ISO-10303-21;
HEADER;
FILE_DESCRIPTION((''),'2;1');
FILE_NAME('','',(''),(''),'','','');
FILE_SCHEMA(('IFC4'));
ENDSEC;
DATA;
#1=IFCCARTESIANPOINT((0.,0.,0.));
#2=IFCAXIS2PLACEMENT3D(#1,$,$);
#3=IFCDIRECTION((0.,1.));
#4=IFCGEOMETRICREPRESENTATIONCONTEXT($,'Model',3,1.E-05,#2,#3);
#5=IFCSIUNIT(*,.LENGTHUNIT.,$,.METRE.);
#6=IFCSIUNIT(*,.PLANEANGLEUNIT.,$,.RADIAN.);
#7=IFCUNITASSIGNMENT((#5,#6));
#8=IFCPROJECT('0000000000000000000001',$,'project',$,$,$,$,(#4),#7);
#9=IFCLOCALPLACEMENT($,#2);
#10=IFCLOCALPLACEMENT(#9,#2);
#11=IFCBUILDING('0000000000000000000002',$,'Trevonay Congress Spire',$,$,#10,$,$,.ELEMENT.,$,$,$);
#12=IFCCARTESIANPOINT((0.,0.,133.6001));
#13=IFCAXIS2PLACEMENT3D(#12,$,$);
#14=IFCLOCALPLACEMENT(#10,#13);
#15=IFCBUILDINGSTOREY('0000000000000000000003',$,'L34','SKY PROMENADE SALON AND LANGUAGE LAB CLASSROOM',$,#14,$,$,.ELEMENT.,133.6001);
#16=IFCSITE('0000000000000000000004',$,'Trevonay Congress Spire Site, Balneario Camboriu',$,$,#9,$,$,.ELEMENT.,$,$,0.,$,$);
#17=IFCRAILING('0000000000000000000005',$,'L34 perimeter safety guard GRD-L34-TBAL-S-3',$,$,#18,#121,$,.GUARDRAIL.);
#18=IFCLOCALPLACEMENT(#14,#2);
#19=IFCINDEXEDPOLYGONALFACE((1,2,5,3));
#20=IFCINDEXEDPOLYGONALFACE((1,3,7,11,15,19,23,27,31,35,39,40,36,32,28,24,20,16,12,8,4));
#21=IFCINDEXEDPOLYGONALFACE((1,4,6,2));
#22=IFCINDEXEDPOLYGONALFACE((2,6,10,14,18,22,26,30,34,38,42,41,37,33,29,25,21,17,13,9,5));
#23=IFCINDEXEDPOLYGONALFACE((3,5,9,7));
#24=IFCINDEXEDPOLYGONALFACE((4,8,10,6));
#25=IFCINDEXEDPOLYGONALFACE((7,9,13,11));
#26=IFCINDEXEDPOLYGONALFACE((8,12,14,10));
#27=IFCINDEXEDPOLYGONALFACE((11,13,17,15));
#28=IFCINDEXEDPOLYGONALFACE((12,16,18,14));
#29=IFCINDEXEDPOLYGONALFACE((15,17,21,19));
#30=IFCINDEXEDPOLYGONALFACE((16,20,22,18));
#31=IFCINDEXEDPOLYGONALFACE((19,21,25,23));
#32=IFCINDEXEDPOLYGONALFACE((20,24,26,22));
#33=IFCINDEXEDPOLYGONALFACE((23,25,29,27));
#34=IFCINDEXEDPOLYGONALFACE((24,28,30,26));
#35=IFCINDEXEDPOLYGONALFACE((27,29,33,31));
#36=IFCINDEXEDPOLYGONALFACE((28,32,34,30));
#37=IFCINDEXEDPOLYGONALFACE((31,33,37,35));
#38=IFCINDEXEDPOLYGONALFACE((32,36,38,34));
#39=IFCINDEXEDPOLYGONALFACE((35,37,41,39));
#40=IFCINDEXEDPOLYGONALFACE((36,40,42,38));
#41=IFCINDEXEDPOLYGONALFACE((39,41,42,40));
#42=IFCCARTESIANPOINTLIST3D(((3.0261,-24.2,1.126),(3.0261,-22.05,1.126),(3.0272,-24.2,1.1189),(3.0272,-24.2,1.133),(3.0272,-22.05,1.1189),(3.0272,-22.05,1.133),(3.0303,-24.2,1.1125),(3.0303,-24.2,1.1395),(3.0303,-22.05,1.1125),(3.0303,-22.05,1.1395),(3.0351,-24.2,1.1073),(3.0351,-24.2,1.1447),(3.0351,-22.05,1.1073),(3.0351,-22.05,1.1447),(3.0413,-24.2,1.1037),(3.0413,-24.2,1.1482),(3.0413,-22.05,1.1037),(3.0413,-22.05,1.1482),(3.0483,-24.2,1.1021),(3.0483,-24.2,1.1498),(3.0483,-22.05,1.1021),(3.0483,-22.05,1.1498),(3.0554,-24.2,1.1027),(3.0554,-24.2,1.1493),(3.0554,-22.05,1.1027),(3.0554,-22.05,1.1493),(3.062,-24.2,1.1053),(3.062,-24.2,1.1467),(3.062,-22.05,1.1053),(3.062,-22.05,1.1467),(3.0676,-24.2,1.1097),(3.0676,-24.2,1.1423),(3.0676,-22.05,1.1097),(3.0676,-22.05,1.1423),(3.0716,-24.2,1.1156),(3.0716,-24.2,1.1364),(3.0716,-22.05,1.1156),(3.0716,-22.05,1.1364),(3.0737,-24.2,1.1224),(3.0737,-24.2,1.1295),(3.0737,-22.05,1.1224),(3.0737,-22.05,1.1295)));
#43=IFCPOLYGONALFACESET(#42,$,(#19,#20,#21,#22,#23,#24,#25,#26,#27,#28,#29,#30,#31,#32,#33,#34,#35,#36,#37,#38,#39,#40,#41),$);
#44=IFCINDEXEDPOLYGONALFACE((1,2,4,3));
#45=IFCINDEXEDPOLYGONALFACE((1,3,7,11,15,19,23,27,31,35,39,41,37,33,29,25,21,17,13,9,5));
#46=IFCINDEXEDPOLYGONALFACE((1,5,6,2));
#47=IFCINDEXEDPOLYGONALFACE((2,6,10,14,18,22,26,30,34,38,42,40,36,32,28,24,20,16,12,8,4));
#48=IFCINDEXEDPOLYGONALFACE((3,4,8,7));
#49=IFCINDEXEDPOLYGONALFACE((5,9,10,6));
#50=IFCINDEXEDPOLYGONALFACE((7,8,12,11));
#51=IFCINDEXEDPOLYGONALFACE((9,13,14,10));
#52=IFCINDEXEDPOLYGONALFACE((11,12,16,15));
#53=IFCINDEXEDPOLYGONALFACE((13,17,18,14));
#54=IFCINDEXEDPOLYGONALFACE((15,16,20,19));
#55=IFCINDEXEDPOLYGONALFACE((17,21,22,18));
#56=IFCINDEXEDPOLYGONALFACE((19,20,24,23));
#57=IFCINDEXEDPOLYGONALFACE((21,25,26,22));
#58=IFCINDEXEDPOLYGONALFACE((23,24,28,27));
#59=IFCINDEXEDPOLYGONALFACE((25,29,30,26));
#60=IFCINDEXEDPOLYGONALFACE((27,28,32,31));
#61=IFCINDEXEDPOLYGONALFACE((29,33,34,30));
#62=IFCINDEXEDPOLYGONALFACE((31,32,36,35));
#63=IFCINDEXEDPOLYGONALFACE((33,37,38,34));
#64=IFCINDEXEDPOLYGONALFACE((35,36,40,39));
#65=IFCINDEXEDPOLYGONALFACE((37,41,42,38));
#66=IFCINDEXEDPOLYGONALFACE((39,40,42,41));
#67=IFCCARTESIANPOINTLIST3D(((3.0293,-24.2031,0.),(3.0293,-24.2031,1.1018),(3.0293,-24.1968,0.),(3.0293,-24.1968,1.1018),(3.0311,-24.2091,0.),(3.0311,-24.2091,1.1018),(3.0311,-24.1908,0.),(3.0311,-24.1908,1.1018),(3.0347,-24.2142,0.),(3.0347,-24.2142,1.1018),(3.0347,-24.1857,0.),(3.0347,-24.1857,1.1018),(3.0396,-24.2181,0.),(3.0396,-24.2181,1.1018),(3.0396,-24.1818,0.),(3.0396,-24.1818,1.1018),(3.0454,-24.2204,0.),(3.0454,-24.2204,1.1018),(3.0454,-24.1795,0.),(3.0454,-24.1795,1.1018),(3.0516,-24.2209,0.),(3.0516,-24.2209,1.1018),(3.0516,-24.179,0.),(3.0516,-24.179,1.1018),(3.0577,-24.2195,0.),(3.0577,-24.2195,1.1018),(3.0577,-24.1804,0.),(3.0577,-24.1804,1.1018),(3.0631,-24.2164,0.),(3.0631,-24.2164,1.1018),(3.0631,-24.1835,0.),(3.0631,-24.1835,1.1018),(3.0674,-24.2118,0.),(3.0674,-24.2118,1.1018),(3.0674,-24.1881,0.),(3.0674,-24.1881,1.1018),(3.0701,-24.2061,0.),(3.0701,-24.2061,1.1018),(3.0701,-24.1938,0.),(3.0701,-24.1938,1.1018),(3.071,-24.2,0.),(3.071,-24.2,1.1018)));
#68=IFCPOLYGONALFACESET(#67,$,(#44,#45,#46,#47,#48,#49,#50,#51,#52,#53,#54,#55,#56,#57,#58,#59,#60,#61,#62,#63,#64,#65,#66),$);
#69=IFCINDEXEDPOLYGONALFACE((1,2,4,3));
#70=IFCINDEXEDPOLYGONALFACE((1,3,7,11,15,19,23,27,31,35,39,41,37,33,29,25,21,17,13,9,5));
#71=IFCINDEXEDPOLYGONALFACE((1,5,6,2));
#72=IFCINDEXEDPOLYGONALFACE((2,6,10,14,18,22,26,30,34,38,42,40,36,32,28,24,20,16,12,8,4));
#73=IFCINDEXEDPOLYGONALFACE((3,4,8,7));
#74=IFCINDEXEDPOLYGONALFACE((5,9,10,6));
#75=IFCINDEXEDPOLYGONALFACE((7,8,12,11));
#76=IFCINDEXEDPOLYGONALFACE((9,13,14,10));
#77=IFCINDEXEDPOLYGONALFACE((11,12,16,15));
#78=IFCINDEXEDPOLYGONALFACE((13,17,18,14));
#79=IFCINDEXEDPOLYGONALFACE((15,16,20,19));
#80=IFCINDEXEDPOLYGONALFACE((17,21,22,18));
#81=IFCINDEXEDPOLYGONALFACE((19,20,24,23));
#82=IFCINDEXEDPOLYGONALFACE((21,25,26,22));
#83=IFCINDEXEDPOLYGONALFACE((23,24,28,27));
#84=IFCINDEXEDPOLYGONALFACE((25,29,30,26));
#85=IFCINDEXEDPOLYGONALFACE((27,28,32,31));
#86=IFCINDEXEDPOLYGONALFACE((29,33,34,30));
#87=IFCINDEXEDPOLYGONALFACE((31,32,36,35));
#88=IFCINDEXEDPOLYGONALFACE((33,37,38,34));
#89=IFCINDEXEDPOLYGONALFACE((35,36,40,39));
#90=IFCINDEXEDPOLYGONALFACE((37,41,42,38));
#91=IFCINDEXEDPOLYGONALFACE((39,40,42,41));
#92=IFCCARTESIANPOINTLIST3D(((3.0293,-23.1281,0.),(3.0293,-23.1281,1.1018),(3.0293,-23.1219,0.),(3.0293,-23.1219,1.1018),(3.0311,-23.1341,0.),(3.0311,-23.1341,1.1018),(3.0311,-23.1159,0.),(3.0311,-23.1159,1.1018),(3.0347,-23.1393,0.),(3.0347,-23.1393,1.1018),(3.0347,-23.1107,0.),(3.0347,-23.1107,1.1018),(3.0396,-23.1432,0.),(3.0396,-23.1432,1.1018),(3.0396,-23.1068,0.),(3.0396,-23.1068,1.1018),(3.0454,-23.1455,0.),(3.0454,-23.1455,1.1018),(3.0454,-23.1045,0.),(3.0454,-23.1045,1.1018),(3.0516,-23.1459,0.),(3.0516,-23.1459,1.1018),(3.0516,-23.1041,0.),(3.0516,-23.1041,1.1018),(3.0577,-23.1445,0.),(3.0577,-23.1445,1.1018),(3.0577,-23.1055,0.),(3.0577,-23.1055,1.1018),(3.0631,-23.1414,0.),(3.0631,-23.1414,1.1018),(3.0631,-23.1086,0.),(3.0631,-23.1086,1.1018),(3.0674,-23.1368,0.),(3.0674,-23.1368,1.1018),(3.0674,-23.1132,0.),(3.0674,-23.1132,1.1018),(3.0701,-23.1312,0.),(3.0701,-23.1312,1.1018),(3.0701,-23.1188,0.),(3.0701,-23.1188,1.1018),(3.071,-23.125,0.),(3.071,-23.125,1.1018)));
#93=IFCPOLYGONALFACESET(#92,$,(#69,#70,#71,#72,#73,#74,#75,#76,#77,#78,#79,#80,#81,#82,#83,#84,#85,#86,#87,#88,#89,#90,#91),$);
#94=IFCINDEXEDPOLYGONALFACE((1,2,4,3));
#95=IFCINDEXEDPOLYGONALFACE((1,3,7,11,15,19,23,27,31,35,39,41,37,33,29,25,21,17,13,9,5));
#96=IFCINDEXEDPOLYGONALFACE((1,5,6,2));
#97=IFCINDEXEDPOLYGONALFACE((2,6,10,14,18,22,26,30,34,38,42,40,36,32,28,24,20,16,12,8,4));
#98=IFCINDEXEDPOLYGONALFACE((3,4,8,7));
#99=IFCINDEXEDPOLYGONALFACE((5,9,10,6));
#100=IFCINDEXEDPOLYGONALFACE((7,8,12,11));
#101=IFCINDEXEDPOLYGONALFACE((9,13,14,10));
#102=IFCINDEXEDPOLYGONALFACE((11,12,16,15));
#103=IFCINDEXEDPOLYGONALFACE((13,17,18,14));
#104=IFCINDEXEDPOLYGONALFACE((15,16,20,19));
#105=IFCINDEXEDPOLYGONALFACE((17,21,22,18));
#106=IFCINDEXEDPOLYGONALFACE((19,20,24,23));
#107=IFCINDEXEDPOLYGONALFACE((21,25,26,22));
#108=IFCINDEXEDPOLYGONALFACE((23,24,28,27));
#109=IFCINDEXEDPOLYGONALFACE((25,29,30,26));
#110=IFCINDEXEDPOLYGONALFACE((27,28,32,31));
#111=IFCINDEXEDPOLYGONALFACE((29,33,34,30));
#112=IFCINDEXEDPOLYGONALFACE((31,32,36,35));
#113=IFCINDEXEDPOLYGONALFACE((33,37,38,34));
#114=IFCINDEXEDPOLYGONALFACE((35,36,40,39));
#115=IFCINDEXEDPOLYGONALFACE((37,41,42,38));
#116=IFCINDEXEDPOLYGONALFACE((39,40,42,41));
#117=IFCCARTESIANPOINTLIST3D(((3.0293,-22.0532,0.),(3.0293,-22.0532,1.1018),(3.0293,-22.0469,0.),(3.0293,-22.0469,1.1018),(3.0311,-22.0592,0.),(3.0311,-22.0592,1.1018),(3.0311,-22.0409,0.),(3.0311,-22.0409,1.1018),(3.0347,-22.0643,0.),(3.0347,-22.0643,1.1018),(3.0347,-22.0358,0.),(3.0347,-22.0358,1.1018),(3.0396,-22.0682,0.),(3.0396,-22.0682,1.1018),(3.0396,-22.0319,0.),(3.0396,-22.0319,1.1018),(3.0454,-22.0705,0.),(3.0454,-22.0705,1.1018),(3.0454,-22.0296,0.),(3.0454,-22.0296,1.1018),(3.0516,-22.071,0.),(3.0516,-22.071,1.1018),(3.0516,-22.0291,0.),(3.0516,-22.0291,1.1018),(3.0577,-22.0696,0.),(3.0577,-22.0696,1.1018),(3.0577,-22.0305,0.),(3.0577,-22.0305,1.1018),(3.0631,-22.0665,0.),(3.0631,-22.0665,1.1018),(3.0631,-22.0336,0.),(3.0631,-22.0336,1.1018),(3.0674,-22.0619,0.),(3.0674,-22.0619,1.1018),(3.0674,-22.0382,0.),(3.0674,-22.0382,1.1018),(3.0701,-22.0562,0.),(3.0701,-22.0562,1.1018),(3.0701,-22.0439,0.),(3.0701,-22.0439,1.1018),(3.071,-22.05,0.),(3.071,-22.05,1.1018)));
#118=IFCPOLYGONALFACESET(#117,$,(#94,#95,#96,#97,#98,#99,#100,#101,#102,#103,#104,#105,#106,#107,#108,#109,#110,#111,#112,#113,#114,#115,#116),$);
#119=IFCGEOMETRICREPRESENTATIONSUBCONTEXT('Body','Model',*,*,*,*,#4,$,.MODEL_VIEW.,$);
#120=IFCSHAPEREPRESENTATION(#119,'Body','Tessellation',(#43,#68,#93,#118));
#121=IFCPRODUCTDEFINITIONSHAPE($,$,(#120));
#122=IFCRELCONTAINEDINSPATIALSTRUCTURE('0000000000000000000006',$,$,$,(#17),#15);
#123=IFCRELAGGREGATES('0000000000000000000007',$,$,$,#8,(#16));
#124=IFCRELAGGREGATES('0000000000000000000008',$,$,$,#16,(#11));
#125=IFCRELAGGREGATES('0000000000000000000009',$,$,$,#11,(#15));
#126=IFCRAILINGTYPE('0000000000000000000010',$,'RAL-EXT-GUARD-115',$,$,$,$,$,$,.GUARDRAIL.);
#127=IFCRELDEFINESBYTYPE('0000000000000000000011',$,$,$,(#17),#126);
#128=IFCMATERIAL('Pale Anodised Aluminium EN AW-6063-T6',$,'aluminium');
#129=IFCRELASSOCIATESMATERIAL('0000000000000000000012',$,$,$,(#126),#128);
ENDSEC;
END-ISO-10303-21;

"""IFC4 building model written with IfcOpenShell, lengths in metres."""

from ifc_helpers import new_model, si_unit, direction, frame, origin, origin_2d, place, context, subcontext, project, spatial, circle, extrude, material, type_object, element, save


model = new_model("IFC4")

# Units and contexts
model_context = context("Model", 3, precision=1e-05, world=origin(), true_north=direction((0.0, 1.0)))
body_context = subcontext(model_context, "Body", "Model", "MODEL_VIEW")
ifc_project = project(units=[si_unit("LENGTHUNIT", "METRE"), si_unit("PLANEANGLEUNIT", "RADIAN")], contexts=[model_context])

# Site, building, storey
site_placement = place(None, origin())
site = spatial("IfcSite", under=ifc_project, at=site_placement, Name="Trevonay Congress Spire Site, Balneario Camboriu", CompositionType="ELEMENT", RefElevation=0.0)
building_placement = place(site_placement, origin())
building = spatial("IfcBuilding", under=site, at=building_placement, Name="Trevonay Congress Spire", CompositionType="ELEMENT")
storey_placement = place(building_placement, frame((0.0, 0.0, 133.6001)))
storey = spatial("IfcBuildingStorey", under=building, at=storey_placement, Name="L34", Description="SKY PROMENADE SALON AND LANGUAGE LAB CLASSROOM", CompositionType="ELEMENT", Elevation=133.6001)

# Shared definitions
ifc_material_1 = material(Name="Pale Anodised Aluminium EN AW-6063-T6", Category="aluminium")

# Railing
railing_type = type_object("IfcRailingType", Name="RAL-EXT-GUARD-115", PredefinedType="GUARDRAIL", material=ifc_material_1)
railing_placement = place(storey_placement, frame((3.05, -24.2, 0.0)))
element("IfcRailing", 1, at=railing_placement, inside=storey, type_object=railing_type, Name="L34 perimeter safety guard GRD-L34-TBAL-S-3", PredefinedType="GUARDRAIL", context=body_context, shape_type="SweptSolid", body=[
    extrude(circle(Radius=0.0239, at=origin_2d()), frame((0.0, 0.0, 1.126), z_axis=(0.0, 1.0, 0.0), x_axis=(-1.0, 0.0, 0.0)), (0.0, 0.0, 1.0), 2.1499),
    extrude(circle(Radius=0.021, at=origin_2d()), origin(), (0.0, 0.0, 1.0), 1.1018),
    extrude(circle(Radius=0.021, at=origin_2d()), frame((0.0, 1.075, 0.0)), (0.0, 0.0, 1.0), 1.1018),
    extrude(circle(Radius=0.021, at=origin_2d()), frame((0.0, 2.1499, 0.0)), (0.0, 0.0, 1.0), 1.1018),
])

save(model, "model.ifc")
